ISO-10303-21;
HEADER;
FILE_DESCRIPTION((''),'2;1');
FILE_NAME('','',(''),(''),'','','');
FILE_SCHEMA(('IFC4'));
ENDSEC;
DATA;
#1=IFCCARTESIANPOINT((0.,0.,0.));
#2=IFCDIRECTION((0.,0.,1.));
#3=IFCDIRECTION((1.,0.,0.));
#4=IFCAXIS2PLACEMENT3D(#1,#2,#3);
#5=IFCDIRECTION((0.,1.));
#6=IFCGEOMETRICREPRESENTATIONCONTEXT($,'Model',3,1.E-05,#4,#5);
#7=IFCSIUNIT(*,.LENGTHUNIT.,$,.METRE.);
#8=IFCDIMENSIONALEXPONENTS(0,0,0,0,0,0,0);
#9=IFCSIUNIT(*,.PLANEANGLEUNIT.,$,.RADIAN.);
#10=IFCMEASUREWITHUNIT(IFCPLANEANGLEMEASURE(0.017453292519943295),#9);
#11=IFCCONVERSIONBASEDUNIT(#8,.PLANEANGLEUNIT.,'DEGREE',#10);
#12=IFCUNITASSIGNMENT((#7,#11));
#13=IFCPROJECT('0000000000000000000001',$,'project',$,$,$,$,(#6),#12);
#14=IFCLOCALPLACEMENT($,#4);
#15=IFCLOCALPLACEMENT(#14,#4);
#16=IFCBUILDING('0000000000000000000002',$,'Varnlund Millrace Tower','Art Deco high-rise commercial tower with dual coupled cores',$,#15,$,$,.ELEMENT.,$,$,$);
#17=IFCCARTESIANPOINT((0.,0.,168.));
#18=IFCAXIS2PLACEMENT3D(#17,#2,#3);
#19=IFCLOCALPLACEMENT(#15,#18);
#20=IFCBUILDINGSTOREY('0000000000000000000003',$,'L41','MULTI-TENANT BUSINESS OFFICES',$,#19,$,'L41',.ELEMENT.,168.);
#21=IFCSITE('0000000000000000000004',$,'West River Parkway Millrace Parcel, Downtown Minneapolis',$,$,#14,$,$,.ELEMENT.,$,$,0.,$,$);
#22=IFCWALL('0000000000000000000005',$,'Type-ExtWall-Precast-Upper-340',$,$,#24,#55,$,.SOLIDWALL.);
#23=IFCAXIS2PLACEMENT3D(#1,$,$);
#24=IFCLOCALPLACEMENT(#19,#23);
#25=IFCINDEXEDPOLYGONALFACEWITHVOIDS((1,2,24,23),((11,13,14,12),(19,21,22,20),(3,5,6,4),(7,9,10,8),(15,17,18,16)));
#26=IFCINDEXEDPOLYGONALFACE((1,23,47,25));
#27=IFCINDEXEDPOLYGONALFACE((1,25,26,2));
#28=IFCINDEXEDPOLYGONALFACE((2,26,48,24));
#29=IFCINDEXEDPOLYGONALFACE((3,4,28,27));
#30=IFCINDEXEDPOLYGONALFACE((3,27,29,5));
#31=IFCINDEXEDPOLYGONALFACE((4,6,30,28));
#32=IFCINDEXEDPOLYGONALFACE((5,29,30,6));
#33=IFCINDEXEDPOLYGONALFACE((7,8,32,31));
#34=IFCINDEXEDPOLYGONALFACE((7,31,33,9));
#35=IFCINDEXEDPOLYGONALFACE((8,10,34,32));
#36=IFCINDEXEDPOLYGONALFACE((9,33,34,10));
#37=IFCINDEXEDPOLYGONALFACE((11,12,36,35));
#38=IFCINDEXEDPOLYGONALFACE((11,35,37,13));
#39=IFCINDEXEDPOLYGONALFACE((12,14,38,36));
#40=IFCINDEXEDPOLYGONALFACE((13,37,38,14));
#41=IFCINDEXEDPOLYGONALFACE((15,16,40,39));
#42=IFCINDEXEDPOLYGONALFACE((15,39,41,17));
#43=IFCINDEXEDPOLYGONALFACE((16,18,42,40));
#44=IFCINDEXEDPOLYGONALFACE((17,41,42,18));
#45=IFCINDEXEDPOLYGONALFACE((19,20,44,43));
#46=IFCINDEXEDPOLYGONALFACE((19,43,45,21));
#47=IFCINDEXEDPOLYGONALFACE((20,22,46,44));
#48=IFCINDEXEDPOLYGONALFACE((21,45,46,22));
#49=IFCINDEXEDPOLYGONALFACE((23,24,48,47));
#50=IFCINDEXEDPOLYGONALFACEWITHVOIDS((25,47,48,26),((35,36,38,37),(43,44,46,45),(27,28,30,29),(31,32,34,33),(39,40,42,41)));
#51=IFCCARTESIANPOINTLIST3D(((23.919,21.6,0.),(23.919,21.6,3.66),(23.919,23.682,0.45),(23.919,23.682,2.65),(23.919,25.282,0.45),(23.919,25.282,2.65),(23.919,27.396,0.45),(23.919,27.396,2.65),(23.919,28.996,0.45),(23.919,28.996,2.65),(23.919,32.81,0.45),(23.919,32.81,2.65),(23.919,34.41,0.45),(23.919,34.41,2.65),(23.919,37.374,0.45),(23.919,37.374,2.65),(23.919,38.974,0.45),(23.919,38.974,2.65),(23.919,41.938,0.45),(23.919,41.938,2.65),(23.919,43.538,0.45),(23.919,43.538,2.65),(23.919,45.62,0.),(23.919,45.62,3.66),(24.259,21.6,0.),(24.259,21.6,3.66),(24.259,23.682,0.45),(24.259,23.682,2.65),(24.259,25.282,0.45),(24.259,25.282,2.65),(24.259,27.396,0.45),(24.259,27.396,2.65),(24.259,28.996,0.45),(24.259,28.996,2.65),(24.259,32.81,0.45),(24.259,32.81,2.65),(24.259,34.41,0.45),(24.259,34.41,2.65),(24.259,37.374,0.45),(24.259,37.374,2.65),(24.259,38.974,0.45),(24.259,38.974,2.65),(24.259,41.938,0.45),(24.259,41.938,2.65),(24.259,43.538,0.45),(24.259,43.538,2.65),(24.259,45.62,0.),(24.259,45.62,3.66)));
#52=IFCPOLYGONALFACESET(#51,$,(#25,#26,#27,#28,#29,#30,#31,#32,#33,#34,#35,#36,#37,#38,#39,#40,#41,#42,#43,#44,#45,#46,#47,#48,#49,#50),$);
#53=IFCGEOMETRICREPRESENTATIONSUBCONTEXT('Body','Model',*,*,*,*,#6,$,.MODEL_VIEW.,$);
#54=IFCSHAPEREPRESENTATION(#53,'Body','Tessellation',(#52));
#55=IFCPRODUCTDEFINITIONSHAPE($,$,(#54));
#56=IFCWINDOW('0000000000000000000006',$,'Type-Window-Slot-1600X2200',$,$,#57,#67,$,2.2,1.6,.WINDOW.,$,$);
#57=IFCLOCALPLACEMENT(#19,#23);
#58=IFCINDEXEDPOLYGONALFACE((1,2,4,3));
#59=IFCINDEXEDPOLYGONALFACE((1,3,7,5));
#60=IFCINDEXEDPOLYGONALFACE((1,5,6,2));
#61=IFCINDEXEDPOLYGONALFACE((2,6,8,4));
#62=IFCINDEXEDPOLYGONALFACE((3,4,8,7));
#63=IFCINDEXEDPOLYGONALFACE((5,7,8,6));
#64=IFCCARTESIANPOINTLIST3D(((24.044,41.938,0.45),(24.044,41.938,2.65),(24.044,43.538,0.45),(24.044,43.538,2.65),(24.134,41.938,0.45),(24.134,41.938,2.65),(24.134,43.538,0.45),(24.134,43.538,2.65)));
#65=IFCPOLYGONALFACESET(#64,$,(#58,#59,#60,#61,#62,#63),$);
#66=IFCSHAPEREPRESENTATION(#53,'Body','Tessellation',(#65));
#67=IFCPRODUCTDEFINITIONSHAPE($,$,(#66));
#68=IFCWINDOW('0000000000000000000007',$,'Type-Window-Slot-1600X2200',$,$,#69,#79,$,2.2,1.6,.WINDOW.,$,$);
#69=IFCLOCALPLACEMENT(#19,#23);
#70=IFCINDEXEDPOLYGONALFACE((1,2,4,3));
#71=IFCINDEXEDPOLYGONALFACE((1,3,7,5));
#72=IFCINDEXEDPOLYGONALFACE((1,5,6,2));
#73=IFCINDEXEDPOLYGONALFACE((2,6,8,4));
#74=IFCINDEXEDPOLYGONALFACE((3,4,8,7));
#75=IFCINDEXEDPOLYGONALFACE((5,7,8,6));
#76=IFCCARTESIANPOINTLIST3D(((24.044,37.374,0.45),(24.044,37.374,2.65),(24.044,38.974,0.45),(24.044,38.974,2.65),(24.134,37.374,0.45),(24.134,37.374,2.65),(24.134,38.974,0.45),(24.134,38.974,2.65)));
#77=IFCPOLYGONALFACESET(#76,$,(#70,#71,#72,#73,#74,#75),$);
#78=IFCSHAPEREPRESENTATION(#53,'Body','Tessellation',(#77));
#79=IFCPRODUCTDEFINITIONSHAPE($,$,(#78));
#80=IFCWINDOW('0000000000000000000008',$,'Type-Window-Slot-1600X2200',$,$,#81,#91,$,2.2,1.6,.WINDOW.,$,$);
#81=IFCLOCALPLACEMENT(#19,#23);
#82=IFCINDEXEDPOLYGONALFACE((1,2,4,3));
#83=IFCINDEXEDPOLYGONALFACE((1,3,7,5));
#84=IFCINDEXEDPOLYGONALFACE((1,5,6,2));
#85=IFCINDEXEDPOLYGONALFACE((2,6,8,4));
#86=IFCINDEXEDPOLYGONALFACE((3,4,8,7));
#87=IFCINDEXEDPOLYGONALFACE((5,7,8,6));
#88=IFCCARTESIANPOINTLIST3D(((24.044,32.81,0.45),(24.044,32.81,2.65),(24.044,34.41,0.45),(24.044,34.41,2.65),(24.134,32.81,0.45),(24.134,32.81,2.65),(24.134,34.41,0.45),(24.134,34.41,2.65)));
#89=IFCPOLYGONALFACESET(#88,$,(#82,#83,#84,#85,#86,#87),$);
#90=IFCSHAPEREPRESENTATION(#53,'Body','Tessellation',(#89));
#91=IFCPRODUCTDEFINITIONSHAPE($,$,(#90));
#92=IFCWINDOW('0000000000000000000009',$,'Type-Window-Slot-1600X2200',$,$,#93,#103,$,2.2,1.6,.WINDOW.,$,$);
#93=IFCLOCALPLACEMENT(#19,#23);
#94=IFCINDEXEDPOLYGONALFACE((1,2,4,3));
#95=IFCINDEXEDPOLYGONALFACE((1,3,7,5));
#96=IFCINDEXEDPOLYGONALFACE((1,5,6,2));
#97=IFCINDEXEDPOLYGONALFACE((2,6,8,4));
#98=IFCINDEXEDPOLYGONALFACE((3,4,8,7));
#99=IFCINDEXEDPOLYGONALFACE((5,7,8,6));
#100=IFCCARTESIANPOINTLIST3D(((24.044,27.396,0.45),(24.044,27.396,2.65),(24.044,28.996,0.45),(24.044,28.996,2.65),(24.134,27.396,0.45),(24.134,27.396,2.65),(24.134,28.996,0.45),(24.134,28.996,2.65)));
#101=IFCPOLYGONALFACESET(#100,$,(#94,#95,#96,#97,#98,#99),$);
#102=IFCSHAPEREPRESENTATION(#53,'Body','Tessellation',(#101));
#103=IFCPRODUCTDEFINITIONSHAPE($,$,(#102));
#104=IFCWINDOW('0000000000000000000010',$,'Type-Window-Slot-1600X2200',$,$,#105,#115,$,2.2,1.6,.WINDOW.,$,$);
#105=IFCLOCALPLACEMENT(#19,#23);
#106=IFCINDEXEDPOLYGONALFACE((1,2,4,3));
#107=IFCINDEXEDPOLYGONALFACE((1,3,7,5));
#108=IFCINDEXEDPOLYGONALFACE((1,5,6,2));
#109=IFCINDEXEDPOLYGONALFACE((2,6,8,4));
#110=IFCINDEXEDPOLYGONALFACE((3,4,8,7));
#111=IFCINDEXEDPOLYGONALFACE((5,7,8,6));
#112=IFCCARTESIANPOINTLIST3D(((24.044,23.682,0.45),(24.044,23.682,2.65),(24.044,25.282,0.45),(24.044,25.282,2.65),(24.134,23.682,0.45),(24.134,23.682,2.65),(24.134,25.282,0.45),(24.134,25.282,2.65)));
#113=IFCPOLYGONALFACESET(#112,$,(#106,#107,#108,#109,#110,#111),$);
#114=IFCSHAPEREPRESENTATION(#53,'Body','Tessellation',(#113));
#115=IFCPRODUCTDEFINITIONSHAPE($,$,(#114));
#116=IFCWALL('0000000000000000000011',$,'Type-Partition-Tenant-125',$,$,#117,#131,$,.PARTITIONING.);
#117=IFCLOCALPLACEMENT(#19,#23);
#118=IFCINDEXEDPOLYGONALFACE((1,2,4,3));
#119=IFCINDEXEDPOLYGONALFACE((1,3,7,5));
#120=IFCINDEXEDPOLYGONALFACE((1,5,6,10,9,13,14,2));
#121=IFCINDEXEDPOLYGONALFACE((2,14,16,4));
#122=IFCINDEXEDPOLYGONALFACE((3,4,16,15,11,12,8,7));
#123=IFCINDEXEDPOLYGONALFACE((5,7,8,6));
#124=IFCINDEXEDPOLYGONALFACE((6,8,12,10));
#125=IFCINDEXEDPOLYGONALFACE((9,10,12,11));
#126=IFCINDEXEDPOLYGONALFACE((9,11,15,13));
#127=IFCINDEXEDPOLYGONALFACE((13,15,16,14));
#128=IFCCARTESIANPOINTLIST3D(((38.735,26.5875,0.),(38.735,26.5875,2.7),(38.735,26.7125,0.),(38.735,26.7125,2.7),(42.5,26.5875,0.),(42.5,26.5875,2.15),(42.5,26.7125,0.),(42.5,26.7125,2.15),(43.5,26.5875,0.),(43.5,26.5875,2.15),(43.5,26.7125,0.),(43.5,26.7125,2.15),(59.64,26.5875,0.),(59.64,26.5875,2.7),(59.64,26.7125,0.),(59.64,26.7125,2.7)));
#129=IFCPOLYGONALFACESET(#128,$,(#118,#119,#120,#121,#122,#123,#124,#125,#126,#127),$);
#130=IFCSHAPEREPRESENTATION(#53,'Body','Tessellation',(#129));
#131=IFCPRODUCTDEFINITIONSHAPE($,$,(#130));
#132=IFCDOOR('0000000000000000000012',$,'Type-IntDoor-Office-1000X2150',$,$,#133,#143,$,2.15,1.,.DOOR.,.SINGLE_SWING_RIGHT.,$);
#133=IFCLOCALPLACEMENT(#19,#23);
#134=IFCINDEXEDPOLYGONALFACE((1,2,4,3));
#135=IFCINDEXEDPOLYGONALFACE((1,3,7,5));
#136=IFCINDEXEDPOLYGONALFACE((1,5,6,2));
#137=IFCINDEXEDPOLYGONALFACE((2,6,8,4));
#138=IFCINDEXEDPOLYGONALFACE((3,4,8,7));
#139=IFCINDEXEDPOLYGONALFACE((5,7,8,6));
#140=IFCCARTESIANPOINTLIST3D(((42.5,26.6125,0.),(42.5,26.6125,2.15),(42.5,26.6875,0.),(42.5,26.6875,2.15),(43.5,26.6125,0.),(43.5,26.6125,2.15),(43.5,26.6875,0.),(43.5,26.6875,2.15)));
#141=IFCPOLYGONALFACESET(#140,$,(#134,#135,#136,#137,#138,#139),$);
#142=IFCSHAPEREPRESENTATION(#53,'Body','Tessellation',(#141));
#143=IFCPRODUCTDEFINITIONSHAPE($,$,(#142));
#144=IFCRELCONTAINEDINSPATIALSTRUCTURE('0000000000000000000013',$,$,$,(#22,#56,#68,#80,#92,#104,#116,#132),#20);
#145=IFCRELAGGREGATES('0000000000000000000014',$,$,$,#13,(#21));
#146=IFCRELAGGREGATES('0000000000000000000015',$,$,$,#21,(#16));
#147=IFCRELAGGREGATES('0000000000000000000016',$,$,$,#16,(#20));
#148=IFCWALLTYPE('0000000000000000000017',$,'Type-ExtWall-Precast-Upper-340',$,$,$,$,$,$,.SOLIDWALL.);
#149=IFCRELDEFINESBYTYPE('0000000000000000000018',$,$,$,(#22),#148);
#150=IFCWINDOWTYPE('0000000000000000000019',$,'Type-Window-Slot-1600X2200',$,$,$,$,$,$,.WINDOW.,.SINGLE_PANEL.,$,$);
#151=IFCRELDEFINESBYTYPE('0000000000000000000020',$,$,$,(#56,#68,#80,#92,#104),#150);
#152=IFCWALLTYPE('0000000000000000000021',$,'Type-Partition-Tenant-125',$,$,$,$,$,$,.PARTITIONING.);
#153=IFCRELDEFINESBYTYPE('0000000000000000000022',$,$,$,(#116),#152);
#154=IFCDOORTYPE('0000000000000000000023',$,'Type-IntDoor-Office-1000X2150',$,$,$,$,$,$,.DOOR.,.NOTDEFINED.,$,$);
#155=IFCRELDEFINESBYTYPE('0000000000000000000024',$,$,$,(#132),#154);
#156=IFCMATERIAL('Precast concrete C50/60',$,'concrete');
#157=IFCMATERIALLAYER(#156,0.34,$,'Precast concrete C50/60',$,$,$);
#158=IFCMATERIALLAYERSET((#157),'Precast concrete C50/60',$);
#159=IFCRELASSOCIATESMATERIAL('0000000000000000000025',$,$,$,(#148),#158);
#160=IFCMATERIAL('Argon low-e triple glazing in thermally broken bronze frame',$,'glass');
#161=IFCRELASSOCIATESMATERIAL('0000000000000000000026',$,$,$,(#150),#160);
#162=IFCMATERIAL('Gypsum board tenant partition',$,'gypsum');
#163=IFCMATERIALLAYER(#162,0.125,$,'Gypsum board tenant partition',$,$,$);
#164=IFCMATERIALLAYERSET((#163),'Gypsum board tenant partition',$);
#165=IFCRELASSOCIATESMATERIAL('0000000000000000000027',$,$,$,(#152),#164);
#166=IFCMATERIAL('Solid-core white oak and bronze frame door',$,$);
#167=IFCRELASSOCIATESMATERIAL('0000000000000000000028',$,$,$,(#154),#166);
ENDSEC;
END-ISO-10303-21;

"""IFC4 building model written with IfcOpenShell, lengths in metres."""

from ifc_helpers import new_model, entity, si_unit, converted_unit, direction, frame, origin_with_axes, origin_2d_with_axis, place, context, subcontext, project, spatial, polyline, rectangle, outline, extrude, material, layer, layer_set, type_object, element, fill, save


model = new_model("IFC4")

# Units and contexts
model_context = context("Model", 3, precision=1e-05, world=origin_with_axes(), true_north=direction((0.0, 1.0)))
body_context = subcontext(model_context, "Body", "Model", "MODEL_VIEW")
ifc_project = project(units=[si_unit("LENGTHUNIT", "METRE"), converted_unit("PLANEANGLEUNIT", "DEGREE", entity("IfcPlaneAngleMeasure", 0.017453292519943295), si_unit("PLANEANGLEUNIT", "RADIAN"), dimensions=[0, 0, 0, 0, 0, 0, 0])], contexts=[model_context])

# Site, building, storey
site_placement = place(None, origin_with_axes())
site = spatial("IfcSite", under=ifc_project, at=site_placement, Name="West River Parkway Millrace Parcel, Downtown Minneapolis", CompositionType="ELEMENT", RefElevation=0.0)
building_placement = place(site_placement, origin_with_axes())
building = spatial("IfcBuilding", under=site, at=building_placement, Name="Varnlund Millrace Tower", Description="Art Deco high-rise commercial tower with dual coupled cores", CompositionType="ELEMENT")
storey_placement = place(building_placement, frame((0.0, 0.0, 168.0), z_axis=(0.0, 0.0, 1.0), x_axis=(1.0, 0.0, 0.0)))
storey = spatial("IfcBuildingStorey", under=building, at=storey_placement, Name="L41", Description="MULTI-TENANT BUSINESS OFFICES", LongName="L41", CompositionType="ELEMENT", Elevation=168.0)

# Shared definitions
ifc_material_1 = material(Name="Precast concrete C50/60", Category="concrete")
ifc_layer_1 = layer(ifc_material_1, 0.34, Name="Precast concrete C50/60")
ifc_layer_set_1 = layer_set([ifc_layer_1], Name="Precast concrete C50/60")
wall_type_1 = type_object("IfcWallType", Name="Type-ExtWall-Precast-Upper-340", PredefinedType="SOLIDWALL", material=ifc_layer_set_1)
ifc_material_2 = material(Name="Argon low-e triple glazing in thermally broken bronze frame", Category="glass")

# Wall, openings, windows
wall_1_placement = place(storey_placement, frame((24.089, 45.62, 0.0), z_axis=(0.0, 0.0, 1.0), x_axis=(0.0, -1.0, 0.0)))
wall_1 = element("IfcWall", 1, at=wall_1_placement, inside=storey, type_object=wall_type_1, Name="Type-ExtWall-Precast-Upper-340", PredefinedType="SOLIDWALL", context=body_context, shape_type="SweptSolid", body=[
    extrude(outline(polyline([(0.0, -0.17), (24.02, -0.17), (24.02, 0.17), (0.0, 0.17), (0.0, -0.17)])), origin_with_axes(), (0.0, 0.0, 1.0), 3.66),
])
opening_1_placement = place(wall_1_placement, frame((2.882, 0.0, 0.45), z_axis=(0.0, 0.0, 1.0), x_axis=(1.0, 0.0, 0.0)))
opening_1 = element("IfcOpeningElement", 2, at=opening_1_placement, cuts=wall_1, PredefinedType="OPENING", context=body_context, shape_type="SweptSolid", body=[
    extrude(rectangle(XDim=1.6, YDim=0.36, at=origin_2d_with_axis()), origin_with_axes(), (0.0, 0.0, 1.0), 2.2),
])
opening_2_placement = place(wall_1_placement, frame((7.446, 0.0, 0.45), z_axis=(0.0, 0.0, 1.0), x_axis=(1.0, 0.0, 0.0)))
opening_2 = element("IfcOpeningElement", 3, at=opening_2_placement, cuts=wall_1, PredefinedType="OPENING", context=body_context, shape_type="SweptSolid", body=[
    extrude(rectangle(XDim=1.6, YDim=0.36, at=origin_2d_with_axis()), origin_with_axes(), (0.0, 0.0, 1.0), 2.2),
])
opening_3_placement = place(wall_1_placement, frame((12.01, 0.0, 0.45), z_axis=(0.0, 0.0, 1.0), x_axis=(1.0, 0.0, 0.0)))
opening_3 = element("IfcOpeningElement", 4, at=opening_3_placement, cuts=wall_1, PredefinedType="OPENING", context=body_context, shape_type="SweptSolid", body=[
    extrude(rectangle(XDim=1.6, YDim=0.36, at=origin_2d_with_axis()), origin_with_axes(), (0.0, 0.0, 1.0), 2.2),
])
opening_4_placement = place(wall_1_placement, frame((17.424, 0.0, 0.45), z_axis=(0.0, 0.0, 1.0), x_axis=(1.0, 0.0, 0.0)))
opening_4 = element("IfcOpeningElement", 5, at=opening_4_placement, cuts=wall_1, PredefinedType="OPENING", context=body_context, shape_type="SweptSolid", body=[
    extrude(rectangle(XDim=1.6, YDim=0.36, at=origin_2d_with_axis()), origin_with_axes(), (0.0, 0.0, 1.0), 2.2),
])
opening_5_placement = place(wall_1_placement, frame((21.138, 0.0, 0.45), z_axis=(0.0, 0.0, 1.0), x_axis=(1.0, 0.0, 0.0)))
opening_5 = element("IfcOpeningElement", 6, at=opening_5_placement, cuts=wall_1, PredefinedType="OPENING", context=body_context, shape_type="SweptSolid", body=[
    extrude(rectangle(XDim=1.6, YDim=0.36, at=origin_2d_with_axis()), origin_with_axes(), (0.0, 0.0, 1.0), 2.2),
])
window_type_1 = type_object("IfcWindowType", Name="Type-Window-Slot-1600X2200", PartitioningType="SINGLE_PANEL", PredefinedType="WINDOW", material=ifc_material_2)
window_1_placement = place(wall_1_placement, frame((2.882, 0.0, 0.45), z_axis=(0.0, 0.0, 1.0), x_axis=(1.0, 0.0, 0.0)))
window_1 = element("IfcWindow", 7, at=window_1_placement, inside=storey, type_object=window_type_1, Name="Type-Window-Slot-1600X2200", OverallHeight=2.2, OverallWidth=1.6, PredefinedType="WINDOW", context=body_context, shape_type="SweptSolid", body=[
    extrude(rectangle(XDim=1.6, YDim=0.09, at=origin_2d_with_axis()), origin_with_axes(), (0.0, 0.0, 1.0), 2.2),
])
fill(opening_1, window_1)
window_2_placement = place(wall_1_placement, frame((7.446, 0.0, 0.45), z_axis=(0.0, 0.0, 1.0), x_axis=(1.0, 0.0, 0.0)))
window_2 = element("IfcWindow", 8, at=window_2_placement, inside=storey, type_object=window_type_1, Name="Type-Window-Slot-1600X2200", OverallHeight=2.2, OverallWidth=1.6, PredefinedType="WINDOW", context=body_context, shape_type="SweptSolid", body=[
    extrude(rectangle(XDim=1.6, YDim=0.09, at=origin_2d_with_axis()), origin_with_axes(), (0.0, 0.0, 1.0), 2.2),
])
fill(opening_2, window_2)
window_3_placement = place(wall_1_placement, frame((12.01, 0.0, 0.45), z_axis=(0.0, 0.0, 1.0), x_axis=(1.0, 0.0, 0.0)))
window_3 = element("IfcWindow", 9, at=window_3_placement, inside=storey, type_object=window_type_1, Name="Type-Window-Slot-1600X2200", OverallHeight=2.2, OverallWidth=1.6, PredefinedType="WINDOW", context=body_context, shape_type="SweptSolid", body=[
    extrude(rectangle(XDim=1.6, YDim=0.09, at=origin_2d_with_axis()), origin_with_axes(), (0.0, 0.0, 1.0), 2.2),
])
fill(opening_3, window_3)
window_4_placement = place(wall_1_placement, frame((17.424, 0.0, 0.45), z_axis=(0.0, 0.0, 1.0), x_axis=(1.0, 0.0, 0.0)))
window_4 = element("IfcWindow", 10, at=window_4_placement, inside=storey, type_object=window_type_1, Name="Type-Window-Slot-1600X2200", OverallHeight=2.2, OverallWidth=1.6, PredefinedType="WINDOW", context=body_context, shape_type="SweptSolid", body=[
    extrude(rectangle(XDim=1.6, YDim=0.09, at=origin_2d_with_axis()), origin_with_axes(), (0.0, 0.0, 1.0), 2.2),
])
fill(opening_4, window_4)
window_5_placement = place(wall_1_placement, frame((21.138, 0.0, 0.45), z_axis=(0.0, 0.0, 1.0), x_axis=(1.0, 0.0, 0.0)))
window_5 = element("IfcWindow", 11, at=window_5_placement, inside=storey, type_object=window_type_1, Name="Type-Window-Slot-1600X2200", OverallHeight=2.2, OverallWidth=1.6, PredefinedType="WINDOW", context=body_context, shape_type="SweptSolid", body=[
    extrude(rectangle(XDim=1.6, YDim=0.09, at=origin_2d_with_axis()), origin_with_axes(), (0.0, 0.0, 1.0), 2.2),
])
fill(opening_5, window_5)

# Wall, opening, door
ifc_material_3 = material(Name="Gypsum board tenant partition", Category="gypsum")
ifc_layer_2 = layer(ifc_material_3, 0.125, Name="Gypsum board tenant partition")
ifc_layer_set_2 = layer_set([ifc_layer_2], Name="Gypsum board tenant partition")
wall_type_2 = type_object("IfcWallType", Name="Type-Partition-Tenant-125", PredefinedType="PARTITIONING", material=ifc_layer_set_2)
wall_2_placement = place(storey_placement, frame((38.735, 26.65, 0.0), z_axis=(0.0, 0.0, 1.0), x_axis=(1.0, 0.0, 0.0)))
wall_2 = element("IfcWall", 12, at=wall_2_placement, inside=storey, type_object=wall_type_2, Name="Type-Partition-Tenant-125", PredefinedType="PARTITIONING", context=body_context, shape_type="SweptSolid", body=[
    extrude(outline(polyline([(0.0, -0.0625), (20.905, -0.0625), (20.905, 0.0625), (0.0, 0.0625), (0.0, -0.0625)])), origin_with_axes(), (0.0, 0.0, 1.0), 2.7),
])
opening_6_placement = place(wall_2_placement, frame((4.265, 0.0, 0.0), z_axis=(0.0, 0.0, 1.0), x_axis=(1.0, 0.0, 0.0)))
opening_6 = element("IfcOpeningElement", 13, at=opening_6_placement, cuts=wall_2, PredefinedType="OPENING", context=body_context, shape_type="SweptSolid", body=[
    extrude(rectangle(XDim=1.0, YDim=0.145, at=origin_2d_with_axis()), origin_with_axes(), (0.0, 0.0, 1.0), 2.15),
])
ifc_material_4 = material(Name="Solid-core white oak and bronze frame door")
door_type = type_object("IfcDoorType", Name="Type-IntDoor-Office-1000X2150", OperationType="NOTDEFINED", PredefinedType="DOOR", material=ifc_material_4)
door_placement = place(wall_2_placement, frame((4.265, 0.0, 0.0), z_axis=(0.0, 0.0, 1.0), x_axis=(1.0, 0.0, 0.0)))
door = element("IfcDoor", 14, at=door_placement, inside=storey, type_object=door_type, Name="Type-IntDoor-Office-1000X2150", OperationType="SINGLE_SWING_RIGHT", OverallHeight=2.15, OverallWidth=1.0, PredefinedType="DOOR", context=body_context, shape_type="SweptSolid", body=[
    extrude(rectangle(XDim=1.0, YDim=0.075, at=origin_2d_with_axis()), origin_with_axes(), (0.0, 0.0, 1.0), 2.15),
])
fill(opening_6, door)

save(model, "model.ifc")
